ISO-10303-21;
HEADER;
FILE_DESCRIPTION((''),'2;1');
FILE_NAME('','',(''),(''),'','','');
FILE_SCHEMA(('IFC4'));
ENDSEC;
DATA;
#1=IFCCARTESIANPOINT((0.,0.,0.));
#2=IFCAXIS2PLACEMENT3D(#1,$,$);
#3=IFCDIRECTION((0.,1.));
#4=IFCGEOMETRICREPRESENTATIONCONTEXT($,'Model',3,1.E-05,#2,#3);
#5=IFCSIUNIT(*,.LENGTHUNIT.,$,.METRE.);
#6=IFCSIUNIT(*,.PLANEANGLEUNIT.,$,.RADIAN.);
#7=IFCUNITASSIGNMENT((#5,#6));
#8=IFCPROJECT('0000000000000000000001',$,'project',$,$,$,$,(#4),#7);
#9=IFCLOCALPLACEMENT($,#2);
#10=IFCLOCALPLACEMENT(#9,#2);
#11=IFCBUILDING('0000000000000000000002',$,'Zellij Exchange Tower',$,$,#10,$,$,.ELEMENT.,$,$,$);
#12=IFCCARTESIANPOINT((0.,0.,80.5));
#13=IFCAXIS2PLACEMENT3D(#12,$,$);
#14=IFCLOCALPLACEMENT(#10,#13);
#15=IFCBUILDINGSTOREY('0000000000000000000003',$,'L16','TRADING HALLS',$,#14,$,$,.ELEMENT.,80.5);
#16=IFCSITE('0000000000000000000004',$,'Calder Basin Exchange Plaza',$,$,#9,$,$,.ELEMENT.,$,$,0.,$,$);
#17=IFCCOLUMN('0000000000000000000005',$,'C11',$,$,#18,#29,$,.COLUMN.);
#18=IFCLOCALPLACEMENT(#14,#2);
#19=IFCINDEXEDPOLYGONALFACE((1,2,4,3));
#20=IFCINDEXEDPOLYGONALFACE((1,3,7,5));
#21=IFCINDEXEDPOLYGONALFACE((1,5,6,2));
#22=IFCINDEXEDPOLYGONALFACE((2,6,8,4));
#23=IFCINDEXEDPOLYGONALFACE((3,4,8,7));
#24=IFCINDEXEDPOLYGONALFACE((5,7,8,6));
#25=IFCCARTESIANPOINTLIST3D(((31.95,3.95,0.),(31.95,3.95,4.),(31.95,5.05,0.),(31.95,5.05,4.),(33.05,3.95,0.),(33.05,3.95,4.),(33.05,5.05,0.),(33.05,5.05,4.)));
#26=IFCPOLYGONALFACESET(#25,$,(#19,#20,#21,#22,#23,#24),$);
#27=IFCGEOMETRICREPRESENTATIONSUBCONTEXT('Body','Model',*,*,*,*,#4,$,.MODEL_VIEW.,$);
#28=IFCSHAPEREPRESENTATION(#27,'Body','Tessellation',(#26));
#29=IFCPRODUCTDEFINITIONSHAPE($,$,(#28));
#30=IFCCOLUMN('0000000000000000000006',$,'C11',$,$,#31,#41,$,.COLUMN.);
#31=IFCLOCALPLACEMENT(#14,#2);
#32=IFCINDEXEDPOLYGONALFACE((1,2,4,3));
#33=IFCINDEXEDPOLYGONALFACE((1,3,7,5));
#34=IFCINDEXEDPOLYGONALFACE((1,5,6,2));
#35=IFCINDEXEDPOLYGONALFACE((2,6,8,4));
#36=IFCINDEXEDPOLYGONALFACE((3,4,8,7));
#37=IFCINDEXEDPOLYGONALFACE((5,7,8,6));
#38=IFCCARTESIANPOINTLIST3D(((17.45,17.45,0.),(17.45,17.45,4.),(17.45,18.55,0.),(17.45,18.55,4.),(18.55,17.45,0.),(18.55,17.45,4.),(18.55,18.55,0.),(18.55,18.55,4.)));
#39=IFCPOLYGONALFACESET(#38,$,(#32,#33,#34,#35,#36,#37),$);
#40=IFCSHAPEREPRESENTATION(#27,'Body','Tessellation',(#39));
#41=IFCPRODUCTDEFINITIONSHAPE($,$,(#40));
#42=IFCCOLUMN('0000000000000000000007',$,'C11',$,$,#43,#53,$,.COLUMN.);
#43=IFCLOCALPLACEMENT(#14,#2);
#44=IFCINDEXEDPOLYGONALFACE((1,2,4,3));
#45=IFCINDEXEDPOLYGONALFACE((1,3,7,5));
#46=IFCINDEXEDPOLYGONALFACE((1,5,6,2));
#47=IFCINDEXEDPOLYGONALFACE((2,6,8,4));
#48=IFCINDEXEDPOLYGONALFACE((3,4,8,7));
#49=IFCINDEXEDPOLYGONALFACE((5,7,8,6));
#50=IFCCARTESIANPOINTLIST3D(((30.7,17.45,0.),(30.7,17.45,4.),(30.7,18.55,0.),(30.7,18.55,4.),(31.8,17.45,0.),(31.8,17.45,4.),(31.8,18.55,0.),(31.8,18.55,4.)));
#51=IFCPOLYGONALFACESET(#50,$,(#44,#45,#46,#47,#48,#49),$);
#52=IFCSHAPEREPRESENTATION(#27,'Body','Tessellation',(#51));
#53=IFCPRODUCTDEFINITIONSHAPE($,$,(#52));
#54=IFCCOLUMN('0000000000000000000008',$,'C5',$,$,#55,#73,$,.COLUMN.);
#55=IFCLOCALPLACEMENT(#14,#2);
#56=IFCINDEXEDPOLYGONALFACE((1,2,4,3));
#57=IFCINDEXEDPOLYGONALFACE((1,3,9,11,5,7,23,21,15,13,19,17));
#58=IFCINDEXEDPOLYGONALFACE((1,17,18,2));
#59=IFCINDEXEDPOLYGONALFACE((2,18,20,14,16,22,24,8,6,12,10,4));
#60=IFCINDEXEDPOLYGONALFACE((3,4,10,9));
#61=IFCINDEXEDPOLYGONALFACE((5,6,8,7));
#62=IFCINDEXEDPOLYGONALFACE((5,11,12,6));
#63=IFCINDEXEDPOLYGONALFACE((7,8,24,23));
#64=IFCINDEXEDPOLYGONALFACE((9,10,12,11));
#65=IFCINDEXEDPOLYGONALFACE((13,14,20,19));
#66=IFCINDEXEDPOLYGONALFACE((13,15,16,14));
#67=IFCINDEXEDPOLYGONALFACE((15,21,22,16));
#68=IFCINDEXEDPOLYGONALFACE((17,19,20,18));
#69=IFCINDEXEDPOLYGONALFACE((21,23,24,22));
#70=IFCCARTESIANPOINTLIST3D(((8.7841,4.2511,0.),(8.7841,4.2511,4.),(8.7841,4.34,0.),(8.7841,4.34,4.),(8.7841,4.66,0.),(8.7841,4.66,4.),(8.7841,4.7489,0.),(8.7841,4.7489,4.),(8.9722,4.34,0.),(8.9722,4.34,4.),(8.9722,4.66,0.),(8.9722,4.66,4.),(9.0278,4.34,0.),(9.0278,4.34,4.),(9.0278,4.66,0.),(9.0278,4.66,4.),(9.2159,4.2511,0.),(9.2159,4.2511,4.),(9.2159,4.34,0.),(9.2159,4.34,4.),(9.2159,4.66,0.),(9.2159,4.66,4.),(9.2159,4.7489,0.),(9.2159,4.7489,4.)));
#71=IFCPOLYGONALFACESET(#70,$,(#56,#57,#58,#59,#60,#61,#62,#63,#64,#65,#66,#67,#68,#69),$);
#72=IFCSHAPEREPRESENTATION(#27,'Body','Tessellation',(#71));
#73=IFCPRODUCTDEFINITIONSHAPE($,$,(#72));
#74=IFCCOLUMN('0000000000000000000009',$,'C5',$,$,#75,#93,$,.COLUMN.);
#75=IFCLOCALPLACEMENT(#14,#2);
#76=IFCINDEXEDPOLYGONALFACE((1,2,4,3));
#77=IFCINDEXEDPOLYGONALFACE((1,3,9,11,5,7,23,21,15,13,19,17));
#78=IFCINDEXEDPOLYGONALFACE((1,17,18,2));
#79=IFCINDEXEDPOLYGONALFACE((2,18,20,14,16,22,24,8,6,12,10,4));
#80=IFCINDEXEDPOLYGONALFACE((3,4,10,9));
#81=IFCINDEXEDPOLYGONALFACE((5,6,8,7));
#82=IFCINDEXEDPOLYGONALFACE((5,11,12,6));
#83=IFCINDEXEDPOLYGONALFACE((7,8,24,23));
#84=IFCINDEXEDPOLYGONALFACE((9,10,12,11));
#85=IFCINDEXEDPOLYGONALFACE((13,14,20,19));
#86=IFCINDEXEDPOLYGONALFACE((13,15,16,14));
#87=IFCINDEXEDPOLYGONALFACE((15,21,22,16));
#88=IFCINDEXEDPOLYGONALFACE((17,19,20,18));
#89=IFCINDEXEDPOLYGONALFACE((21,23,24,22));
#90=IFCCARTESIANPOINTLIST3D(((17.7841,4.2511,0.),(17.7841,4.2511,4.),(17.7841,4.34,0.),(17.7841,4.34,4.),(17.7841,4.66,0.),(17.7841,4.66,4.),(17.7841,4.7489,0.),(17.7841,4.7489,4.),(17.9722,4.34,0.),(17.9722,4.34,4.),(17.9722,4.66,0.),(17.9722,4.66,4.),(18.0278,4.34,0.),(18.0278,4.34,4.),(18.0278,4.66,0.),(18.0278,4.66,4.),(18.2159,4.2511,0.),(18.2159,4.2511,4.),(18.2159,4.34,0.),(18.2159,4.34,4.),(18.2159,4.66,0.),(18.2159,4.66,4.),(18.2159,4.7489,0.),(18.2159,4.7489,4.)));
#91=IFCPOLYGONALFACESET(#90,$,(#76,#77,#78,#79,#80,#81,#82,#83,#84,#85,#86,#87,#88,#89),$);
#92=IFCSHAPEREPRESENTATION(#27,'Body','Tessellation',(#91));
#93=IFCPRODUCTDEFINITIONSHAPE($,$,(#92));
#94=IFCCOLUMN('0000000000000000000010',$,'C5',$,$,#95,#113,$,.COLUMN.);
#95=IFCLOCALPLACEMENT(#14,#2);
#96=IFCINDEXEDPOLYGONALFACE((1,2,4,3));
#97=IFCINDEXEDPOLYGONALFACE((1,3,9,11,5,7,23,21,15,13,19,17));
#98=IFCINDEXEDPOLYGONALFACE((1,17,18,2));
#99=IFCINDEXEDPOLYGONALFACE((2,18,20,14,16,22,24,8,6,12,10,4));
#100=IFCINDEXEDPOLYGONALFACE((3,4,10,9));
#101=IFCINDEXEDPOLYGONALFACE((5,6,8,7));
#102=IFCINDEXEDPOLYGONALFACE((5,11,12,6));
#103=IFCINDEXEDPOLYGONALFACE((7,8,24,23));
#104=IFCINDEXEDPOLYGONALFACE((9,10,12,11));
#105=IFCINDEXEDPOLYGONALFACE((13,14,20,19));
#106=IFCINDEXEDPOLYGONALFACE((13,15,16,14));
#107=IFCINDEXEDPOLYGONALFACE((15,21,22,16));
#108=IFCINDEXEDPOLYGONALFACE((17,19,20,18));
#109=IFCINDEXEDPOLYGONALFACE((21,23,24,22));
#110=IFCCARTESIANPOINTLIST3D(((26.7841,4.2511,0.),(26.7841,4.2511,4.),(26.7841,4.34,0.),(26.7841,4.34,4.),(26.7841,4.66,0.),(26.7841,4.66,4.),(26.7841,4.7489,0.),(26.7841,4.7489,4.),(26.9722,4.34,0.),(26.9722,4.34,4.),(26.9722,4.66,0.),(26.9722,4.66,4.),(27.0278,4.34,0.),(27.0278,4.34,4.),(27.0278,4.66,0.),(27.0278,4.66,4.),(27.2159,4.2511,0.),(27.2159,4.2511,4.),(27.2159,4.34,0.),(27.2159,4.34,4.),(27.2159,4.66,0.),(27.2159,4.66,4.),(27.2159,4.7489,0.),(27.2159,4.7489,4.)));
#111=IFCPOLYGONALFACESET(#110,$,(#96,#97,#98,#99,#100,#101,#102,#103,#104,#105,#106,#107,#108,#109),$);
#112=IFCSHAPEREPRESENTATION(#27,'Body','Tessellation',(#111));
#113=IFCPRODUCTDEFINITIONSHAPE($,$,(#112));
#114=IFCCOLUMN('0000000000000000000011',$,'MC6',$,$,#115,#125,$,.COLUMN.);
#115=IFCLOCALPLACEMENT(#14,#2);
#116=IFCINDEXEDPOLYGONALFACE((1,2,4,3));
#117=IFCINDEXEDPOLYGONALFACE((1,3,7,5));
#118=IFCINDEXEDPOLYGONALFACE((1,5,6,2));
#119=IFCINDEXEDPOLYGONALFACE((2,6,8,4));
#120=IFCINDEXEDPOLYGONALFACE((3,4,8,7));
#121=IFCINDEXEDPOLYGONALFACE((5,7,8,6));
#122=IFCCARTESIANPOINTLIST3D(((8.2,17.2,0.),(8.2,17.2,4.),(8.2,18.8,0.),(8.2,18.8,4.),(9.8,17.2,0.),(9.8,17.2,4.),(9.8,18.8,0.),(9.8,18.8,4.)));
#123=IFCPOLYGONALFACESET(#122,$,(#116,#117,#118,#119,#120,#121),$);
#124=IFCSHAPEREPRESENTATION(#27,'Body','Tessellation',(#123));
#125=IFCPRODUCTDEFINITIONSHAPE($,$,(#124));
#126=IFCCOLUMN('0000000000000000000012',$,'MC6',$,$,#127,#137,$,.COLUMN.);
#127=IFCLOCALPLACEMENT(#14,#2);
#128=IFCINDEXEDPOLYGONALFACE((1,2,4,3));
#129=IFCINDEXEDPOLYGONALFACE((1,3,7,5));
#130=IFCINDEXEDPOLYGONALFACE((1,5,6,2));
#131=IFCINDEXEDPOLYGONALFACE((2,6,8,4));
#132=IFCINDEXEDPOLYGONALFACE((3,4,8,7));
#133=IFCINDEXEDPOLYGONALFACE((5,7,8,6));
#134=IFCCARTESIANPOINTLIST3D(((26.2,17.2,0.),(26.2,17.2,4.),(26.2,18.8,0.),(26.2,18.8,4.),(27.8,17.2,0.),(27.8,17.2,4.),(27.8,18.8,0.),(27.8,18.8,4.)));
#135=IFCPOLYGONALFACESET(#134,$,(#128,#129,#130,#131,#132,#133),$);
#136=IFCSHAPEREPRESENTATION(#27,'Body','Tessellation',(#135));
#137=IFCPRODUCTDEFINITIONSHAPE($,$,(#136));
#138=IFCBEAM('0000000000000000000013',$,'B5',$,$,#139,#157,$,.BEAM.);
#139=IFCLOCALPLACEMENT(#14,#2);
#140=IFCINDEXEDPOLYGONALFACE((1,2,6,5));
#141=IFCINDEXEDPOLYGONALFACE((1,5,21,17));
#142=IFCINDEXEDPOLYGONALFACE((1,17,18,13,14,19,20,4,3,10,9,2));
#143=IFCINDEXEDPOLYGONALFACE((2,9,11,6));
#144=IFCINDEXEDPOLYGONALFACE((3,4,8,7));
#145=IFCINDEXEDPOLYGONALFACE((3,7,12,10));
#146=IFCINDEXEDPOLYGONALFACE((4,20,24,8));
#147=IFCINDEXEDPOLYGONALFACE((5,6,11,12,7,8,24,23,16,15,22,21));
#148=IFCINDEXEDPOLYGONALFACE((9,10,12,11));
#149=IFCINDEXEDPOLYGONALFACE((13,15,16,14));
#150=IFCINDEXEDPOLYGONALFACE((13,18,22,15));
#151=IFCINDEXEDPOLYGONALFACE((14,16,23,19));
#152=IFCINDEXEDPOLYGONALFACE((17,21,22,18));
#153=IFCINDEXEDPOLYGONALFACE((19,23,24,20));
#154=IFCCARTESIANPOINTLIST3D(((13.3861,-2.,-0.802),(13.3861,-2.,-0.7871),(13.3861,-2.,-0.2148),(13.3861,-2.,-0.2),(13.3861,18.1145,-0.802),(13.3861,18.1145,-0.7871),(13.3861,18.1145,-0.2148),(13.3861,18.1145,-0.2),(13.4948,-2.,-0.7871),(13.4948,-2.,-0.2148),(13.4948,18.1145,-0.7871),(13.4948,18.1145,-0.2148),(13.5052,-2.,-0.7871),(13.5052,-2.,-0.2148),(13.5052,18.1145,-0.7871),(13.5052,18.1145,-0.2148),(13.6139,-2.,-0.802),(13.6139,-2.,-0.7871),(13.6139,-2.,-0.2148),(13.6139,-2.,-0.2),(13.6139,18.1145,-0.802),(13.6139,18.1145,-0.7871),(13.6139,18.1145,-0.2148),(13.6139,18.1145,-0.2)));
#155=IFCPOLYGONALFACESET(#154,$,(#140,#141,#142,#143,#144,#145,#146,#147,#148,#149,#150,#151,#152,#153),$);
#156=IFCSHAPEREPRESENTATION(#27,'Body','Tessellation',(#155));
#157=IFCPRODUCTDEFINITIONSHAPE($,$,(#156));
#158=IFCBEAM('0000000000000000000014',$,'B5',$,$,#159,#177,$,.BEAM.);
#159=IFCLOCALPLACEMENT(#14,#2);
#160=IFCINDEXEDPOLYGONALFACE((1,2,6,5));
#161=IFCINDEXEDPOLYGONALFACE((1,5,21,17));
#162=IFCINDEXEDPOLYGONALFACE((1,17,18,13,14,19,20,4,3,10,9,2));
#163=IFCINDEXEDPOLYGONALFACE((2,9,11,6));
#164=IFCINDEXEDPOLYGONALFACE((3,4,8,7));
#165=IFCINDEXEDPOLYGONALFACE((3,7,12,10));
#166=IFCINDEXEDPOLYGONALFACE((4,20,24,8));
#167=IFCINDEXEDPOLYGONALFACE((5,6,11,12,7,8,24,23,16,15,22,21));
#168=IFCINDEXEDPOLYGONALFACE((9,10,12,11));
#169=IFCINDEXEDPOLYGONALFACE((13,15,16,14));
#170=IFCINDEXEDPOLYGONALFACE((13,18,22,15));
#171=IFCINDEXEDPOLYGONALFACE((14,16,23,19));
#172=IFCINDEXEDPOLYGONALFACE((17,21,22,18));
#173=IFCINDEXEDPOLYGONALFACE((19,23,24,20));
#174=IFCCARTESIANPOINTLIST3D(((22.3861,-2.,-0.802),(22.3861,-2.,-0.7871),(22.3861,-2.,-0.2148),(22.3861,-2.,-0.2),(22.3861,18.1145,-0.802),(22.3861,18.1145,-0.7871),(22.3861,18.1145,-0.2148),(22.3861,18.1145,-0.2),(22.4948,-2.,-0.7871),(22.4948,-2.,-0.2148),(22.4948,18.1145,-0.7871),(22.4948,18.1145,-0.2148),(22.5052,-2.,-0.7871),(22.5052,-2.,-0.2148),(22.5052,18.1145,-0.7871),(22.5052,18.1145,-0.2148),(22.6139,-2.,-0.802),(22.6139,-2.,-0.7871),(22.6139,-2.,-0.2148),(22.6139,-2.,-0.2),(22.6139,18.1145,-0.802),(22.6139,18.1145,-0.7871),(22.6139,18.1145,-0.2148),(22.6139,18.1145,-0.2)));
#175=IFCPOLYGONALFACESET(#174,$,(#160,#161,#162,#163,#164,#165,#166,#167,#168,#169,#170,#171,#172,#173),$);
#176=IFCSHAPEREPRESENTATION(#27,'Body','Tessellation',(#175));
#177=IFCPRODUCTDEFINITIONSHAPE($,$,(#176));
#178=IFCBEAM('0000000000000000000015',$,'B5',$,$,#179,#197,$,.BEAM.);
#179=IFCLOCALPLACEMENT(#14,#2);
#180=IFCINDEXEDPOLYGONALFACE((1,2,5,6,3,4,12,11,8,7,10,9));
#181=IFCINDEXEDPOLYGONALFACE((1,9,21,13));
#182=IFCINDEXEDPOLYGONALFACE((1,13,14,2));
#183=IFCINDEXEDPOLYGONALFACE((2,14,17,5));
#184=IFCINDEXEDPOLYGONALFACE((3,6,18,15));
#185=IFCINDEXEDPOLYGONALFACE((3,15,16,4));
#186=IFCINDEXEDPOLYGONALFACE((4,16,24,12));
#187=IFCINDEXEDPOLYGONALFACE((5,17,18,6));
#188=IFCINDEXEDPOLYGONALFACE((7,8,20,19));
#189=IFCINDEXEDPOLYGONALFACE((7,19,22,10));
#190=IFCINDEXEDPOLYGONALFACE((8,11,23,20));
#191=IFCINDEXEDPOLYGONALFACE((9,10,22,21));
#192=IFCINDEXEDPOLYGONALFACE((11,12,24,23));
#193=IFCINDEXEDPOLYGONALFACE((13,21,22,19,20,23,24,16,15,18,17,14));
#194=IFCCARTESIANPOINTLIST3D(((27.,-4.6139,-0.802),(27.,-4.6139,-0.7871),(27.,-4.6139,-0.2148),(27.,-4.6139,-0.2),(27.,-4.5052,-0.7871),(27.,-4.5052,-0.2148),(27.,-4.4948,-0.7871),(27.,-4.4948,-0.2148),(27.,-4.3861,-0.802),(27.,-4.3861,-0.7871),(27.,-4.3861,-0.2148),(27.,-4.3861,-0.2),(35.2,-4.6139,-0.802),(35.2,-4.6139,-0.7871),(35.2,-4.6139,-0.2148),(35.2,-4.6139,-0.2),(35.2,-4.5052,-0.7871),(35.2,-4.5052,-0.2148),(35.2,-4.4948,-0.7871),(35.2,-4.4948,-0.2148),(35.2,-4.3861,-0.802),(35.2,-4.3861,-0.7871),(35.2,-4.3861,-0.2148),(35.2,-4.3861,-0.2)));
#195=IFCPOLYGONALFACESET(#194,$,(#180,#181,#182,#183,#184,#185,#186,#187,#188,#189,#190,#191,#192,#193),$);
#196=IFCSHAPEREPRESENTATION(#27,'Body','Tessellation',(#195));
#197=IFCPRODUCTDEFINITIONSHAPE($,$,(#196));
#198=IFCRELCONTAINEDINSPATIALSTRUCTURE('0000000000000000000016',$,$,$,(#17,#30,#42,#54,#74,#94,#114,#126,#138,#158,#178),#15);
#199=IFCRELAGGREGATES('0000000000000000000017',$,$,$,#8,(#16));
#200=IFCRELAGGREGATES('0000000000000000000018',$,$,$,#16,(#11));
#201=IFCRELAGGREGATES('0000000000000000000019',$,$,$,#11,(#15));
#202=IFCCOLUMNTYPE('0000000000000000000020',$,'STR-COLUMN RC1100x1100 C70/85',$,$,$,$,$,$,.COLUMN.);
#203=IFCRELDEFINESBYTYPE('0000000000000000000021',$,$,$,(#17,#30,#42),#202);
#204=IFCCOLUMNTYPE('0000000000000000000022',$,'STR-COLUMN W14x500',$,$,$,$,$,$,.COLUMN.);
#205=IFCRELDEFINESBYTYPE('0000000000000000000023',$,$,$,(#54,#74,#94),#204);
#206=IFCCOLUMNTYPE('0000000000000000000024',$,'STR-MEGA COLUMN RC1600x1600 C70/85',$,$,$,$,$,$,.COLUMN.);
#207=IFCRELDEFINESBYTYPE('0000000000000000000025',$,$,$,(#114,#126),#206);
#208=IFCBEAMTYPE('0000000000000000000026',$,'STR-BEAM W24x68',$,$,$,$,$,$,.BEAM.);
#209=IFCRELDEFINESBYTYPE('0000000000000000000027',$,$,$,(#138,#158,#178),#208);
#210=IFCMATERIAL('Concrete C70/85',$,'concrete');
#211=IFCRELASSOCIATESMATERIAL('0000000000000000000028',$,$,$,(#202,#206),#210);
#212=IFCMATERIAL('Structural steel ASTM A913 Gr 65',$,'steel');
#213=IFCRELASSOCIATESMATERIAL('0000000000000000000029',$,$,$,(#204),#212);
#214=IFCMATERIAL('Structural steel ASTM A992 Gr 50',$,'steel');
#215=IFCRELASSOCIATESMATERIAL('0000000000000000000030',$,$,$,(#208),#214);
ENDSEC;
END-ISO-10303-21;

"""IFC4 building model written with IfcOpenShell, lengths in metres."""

from ifc_helpers import new_model, si_unit, direction, frame, origin, origin_2d, place, context, subcontext, project, spatial, rectangle, i_section, extrude, material, material_profile, profile_set, type_object, element, save


model = new_model("IFC4")

# Units and contexts
model_context = context("Model", 3, precision=1e-05, world=origin(), true_north=direction((0.0, 1.0)))
body_context = subcontext(model_context, "Body", "Model", "MODEL_VIEW")
ifc_project = project(units=[si_unit("LENGTHUNIT", "METRE"), si_unit("PLANEANGLEUNIT", "RADIAN")], contexts=[model_context])

# Site, building, storey
site_placement = place(None, origin())
site = spatial("IfcSite", under=ifc_project, at=site_placement, Name="Calder Basin Exchange Plaza", CompositionType="ELEMENT", RefElevation=0.0)
building_placement = place(site_placement, origin())
building = spatial("IfcBuilding", under=site, at=building_placement, Name="Zellij Exchange Tower", CompositionType="ELEMENT")
storey_placement = place(building_placement, frame((0.0, 0.0, 80.5)))
storey = spatial("IfcBuildingStorey", under=building, at=storey_placement, Name="L16", Description="TRADING HALLS", CompositionType="ELEMENT", Elevation=80.5)

# Columns
ifc_material_1 = material(Name="Concrete C70/85", Category="concrete")
ifc_material_profile_1 = material_profile(ifc_material_1, rectangle(XDim=1.1001, YDim=1.1001, at=origin_2d()), Name="STR-COLUMN RC1100x1100 C70/85")
ifc_profile_set_1 = profile_set([ifc_material_profile_1], Name="Concrete C70/85")
column_type_1 = type_object("IfcColumnType", Name="STR-COLUMN RC1100x1100 C70/85", PredefinedType="COLUMN", material=ifc_profile_set_1)
for number, where, z_axis, x_axis, name in (
    (1, (32.5, 4.5, 0.0), (0.0, 0.0, 1.0), (1.0, 0.0, 0.0), "C11"),
    (2, (18.0, 18.0, 0.0), (0.0, 0.0, 1.0), (1.0, 0.0, 0.0), "C11"),
    (3, (31.25, 18.0, 0.0), (0.0, 0.0, 1.0), (1.0, 0.0, 0.0), "C11"),
):
    element("IfcColumn", number, at=place(storey_placement, frame(where, z_axis=z_axis, x_axis=x_axis)), inside=storey, type_object=column_type_1, Name=name, PredefinedType="COLUMN", context=body_context, shape_type="SweptSolid", body=[
        extrude(rectangle(XDim=1.1001, YDim=1.1001, at=origin_2d()), origin(), (0.0, 0.0, 1.0), 4.0),
    ])
ifc_material_2 = material(Name="Structural steel ASTM A913 Gr 65", Category="steel")
ifc_material_profile_2 = material_profile(ifc_material_2, i_section(OverallWidth=0.4319, OverallDepth=0.4978, WebThickness=0.0557, FlangeThickness=0.0889, at=origin_2d()), Name="W14x500")
ifc_profile_set_2 = profile_set([ifc_material_profile_2], Name="Structural steel ASTM A913 Gr 65")
column_type_2 = type_object("IfcColumnType", Name="STR-COLUMN W14x500", PredefinedType="COLUMN", material=ifc_profile_set_2)
for number, where, z_axis, x_axis, name in (
    (4, (9.0, 4.5, 0.0), (0.0, 0.0, 1.0), (1.0, 0.0, 0.0), "C5"),
    (5, (18.0, 4.5, 0.0), (0.0, 0.0, 1.0), (1.0, 0.0, 0.0), "C5"),
    (6, (27.0, 4.5, 0.0), (0.0, 0.0, 1.0), (1.0, 0.0, 0.0), "C5"),
):
    element("IfcColumn", number, at=place(storey_placement, frame(where, z_axis=z_axis, x_axis=x_axis)), inside=storey, type_object=column_type_2, Name=name, PredefinedType="COLUMN", context=body_context, shape_type="SweptSolid", body=[
        extrude(i_section(OverallWidth=0.4319, OverallDepth=0.4978, WebThickness=0.0557, FlangeThickness=0.0889, at=origin_2d()), origin(), (0.0, 0.0, 1.0), 4.0),
    ])
ifc_material_profile_3 = material_profile(ifc_material_1, rectangle(XDim=1.6001, YDim=1.6001, at=origin_2d()), Name="STR-MEGA COLUMN RC1600x1600 C70/85")
ifc_profile_set_3 = profile_set([ifc_material_profile_3], Name="Concrete C70/85")
column_type_3 = type_object("IfcColumnType", Name="STR-MEGA COLUMN RC1600x1600 C70/85", PredefinedType="COLUMN", material=ifc_profile_set_3)
for number, where, z_axis, x_axis, name in (
    (7, (9.0, 18.0, 0.0), (0.0, 0.0, 1.0), (1.0, 0.0, 0.0), "MC6"),
    (8, (27.0, 18.0, 0.0), (0.0, 0.0, 1.0), (1.0, 0.0, 0.0), "MC6"),
):
    element("IfcColumn", number, at=place(storey_placement, frame(where, z_axis=z_axis, x_axis=x_axis)), inside=storey, type_object=column_type_3, Name=name, PredefinedType="COLUMN", context=body_context, shape_type="SweptSolid", body=[
        extrude(rectangle(XDim=1.6001, YDim=1.6001, at=origin_2d()), origin(), (0.0, 0.0, 1.0), 4.0),
    ])

# Beams
ifc_material_3 = material(Name="Structural steel ASTM A992 Gr 50", Category="steel")
ifc_material_profile_4 = material_profile(ifc_material_3, i_section(OverallWidth=0.2278, OverallDepth=0.6021, WebThickness=0.0105, FlangeThickness=0.0149, at=origin_2d()), Name="W24x68")
ifc_profile_set_4 = profile_set([ifc_material_profile_4], Name="Structural steel ASTM A992 Gr 50")
beam_type_1 = type_object("IfcBeamType", Name="STR-BEAM W24x68", PredefinedType="BEAM", material=ifc_profile_set_4)
for number, where, z_axis, x_axis, name in (
    (9, (13.5, -2.0, -0.501), (0.0, 1.0, 0.0), (-1.0, 0.0, 0.0), "B5"),
    (10, (22.5, -2.0, -0.501), (0.0, 1.0, 0.0), (-1.0, 0.0, 0.0), "B5"),
):
    element("IfcBeam", number, at=place(storey_placement, frame(where, z_axis=z_axis, x_axis=x_axis)), inside=storey, type_object=beam_type_1, Name=name, PredefinedType="BEAM", context=body_context, shape_type="SweptSolid", body=[
        extrude(i_section(OverallWidth=0.2278, OverallDepth=0.6021, WebThickness=0.0105, FlangeThickness=0.0149, at=origin_2d()), origin(), (0.0, 0.0, 1.0), 20.1145),
    ])
for number, where, z_axis, x_axis, name in (
    (11, (27.0, -4.5, -0.501), (1.0, 0.0, 0.0), (0.0, 1.0, 0.0), "B5"),
):
    element("IfcBeam", number, at=place(storey_placement, frame(where, z_axis=z_axis, x_axis=x_axis)), inside=storey, type_object=beam_type_1, Name=name, PredefinedType="BEAM", context=body_context, shape_type="SweptSolid", body=[
        extrude(i_section(OverallWidth=0.2278, OverallDepth=0.6021, WebThickness=0.0105, FlangeThickness=0.0149, at=origin_2d()), origin(), (0.0, 0.0, 1.0), 8.2),
    ])

save(model, "model.ifc")
